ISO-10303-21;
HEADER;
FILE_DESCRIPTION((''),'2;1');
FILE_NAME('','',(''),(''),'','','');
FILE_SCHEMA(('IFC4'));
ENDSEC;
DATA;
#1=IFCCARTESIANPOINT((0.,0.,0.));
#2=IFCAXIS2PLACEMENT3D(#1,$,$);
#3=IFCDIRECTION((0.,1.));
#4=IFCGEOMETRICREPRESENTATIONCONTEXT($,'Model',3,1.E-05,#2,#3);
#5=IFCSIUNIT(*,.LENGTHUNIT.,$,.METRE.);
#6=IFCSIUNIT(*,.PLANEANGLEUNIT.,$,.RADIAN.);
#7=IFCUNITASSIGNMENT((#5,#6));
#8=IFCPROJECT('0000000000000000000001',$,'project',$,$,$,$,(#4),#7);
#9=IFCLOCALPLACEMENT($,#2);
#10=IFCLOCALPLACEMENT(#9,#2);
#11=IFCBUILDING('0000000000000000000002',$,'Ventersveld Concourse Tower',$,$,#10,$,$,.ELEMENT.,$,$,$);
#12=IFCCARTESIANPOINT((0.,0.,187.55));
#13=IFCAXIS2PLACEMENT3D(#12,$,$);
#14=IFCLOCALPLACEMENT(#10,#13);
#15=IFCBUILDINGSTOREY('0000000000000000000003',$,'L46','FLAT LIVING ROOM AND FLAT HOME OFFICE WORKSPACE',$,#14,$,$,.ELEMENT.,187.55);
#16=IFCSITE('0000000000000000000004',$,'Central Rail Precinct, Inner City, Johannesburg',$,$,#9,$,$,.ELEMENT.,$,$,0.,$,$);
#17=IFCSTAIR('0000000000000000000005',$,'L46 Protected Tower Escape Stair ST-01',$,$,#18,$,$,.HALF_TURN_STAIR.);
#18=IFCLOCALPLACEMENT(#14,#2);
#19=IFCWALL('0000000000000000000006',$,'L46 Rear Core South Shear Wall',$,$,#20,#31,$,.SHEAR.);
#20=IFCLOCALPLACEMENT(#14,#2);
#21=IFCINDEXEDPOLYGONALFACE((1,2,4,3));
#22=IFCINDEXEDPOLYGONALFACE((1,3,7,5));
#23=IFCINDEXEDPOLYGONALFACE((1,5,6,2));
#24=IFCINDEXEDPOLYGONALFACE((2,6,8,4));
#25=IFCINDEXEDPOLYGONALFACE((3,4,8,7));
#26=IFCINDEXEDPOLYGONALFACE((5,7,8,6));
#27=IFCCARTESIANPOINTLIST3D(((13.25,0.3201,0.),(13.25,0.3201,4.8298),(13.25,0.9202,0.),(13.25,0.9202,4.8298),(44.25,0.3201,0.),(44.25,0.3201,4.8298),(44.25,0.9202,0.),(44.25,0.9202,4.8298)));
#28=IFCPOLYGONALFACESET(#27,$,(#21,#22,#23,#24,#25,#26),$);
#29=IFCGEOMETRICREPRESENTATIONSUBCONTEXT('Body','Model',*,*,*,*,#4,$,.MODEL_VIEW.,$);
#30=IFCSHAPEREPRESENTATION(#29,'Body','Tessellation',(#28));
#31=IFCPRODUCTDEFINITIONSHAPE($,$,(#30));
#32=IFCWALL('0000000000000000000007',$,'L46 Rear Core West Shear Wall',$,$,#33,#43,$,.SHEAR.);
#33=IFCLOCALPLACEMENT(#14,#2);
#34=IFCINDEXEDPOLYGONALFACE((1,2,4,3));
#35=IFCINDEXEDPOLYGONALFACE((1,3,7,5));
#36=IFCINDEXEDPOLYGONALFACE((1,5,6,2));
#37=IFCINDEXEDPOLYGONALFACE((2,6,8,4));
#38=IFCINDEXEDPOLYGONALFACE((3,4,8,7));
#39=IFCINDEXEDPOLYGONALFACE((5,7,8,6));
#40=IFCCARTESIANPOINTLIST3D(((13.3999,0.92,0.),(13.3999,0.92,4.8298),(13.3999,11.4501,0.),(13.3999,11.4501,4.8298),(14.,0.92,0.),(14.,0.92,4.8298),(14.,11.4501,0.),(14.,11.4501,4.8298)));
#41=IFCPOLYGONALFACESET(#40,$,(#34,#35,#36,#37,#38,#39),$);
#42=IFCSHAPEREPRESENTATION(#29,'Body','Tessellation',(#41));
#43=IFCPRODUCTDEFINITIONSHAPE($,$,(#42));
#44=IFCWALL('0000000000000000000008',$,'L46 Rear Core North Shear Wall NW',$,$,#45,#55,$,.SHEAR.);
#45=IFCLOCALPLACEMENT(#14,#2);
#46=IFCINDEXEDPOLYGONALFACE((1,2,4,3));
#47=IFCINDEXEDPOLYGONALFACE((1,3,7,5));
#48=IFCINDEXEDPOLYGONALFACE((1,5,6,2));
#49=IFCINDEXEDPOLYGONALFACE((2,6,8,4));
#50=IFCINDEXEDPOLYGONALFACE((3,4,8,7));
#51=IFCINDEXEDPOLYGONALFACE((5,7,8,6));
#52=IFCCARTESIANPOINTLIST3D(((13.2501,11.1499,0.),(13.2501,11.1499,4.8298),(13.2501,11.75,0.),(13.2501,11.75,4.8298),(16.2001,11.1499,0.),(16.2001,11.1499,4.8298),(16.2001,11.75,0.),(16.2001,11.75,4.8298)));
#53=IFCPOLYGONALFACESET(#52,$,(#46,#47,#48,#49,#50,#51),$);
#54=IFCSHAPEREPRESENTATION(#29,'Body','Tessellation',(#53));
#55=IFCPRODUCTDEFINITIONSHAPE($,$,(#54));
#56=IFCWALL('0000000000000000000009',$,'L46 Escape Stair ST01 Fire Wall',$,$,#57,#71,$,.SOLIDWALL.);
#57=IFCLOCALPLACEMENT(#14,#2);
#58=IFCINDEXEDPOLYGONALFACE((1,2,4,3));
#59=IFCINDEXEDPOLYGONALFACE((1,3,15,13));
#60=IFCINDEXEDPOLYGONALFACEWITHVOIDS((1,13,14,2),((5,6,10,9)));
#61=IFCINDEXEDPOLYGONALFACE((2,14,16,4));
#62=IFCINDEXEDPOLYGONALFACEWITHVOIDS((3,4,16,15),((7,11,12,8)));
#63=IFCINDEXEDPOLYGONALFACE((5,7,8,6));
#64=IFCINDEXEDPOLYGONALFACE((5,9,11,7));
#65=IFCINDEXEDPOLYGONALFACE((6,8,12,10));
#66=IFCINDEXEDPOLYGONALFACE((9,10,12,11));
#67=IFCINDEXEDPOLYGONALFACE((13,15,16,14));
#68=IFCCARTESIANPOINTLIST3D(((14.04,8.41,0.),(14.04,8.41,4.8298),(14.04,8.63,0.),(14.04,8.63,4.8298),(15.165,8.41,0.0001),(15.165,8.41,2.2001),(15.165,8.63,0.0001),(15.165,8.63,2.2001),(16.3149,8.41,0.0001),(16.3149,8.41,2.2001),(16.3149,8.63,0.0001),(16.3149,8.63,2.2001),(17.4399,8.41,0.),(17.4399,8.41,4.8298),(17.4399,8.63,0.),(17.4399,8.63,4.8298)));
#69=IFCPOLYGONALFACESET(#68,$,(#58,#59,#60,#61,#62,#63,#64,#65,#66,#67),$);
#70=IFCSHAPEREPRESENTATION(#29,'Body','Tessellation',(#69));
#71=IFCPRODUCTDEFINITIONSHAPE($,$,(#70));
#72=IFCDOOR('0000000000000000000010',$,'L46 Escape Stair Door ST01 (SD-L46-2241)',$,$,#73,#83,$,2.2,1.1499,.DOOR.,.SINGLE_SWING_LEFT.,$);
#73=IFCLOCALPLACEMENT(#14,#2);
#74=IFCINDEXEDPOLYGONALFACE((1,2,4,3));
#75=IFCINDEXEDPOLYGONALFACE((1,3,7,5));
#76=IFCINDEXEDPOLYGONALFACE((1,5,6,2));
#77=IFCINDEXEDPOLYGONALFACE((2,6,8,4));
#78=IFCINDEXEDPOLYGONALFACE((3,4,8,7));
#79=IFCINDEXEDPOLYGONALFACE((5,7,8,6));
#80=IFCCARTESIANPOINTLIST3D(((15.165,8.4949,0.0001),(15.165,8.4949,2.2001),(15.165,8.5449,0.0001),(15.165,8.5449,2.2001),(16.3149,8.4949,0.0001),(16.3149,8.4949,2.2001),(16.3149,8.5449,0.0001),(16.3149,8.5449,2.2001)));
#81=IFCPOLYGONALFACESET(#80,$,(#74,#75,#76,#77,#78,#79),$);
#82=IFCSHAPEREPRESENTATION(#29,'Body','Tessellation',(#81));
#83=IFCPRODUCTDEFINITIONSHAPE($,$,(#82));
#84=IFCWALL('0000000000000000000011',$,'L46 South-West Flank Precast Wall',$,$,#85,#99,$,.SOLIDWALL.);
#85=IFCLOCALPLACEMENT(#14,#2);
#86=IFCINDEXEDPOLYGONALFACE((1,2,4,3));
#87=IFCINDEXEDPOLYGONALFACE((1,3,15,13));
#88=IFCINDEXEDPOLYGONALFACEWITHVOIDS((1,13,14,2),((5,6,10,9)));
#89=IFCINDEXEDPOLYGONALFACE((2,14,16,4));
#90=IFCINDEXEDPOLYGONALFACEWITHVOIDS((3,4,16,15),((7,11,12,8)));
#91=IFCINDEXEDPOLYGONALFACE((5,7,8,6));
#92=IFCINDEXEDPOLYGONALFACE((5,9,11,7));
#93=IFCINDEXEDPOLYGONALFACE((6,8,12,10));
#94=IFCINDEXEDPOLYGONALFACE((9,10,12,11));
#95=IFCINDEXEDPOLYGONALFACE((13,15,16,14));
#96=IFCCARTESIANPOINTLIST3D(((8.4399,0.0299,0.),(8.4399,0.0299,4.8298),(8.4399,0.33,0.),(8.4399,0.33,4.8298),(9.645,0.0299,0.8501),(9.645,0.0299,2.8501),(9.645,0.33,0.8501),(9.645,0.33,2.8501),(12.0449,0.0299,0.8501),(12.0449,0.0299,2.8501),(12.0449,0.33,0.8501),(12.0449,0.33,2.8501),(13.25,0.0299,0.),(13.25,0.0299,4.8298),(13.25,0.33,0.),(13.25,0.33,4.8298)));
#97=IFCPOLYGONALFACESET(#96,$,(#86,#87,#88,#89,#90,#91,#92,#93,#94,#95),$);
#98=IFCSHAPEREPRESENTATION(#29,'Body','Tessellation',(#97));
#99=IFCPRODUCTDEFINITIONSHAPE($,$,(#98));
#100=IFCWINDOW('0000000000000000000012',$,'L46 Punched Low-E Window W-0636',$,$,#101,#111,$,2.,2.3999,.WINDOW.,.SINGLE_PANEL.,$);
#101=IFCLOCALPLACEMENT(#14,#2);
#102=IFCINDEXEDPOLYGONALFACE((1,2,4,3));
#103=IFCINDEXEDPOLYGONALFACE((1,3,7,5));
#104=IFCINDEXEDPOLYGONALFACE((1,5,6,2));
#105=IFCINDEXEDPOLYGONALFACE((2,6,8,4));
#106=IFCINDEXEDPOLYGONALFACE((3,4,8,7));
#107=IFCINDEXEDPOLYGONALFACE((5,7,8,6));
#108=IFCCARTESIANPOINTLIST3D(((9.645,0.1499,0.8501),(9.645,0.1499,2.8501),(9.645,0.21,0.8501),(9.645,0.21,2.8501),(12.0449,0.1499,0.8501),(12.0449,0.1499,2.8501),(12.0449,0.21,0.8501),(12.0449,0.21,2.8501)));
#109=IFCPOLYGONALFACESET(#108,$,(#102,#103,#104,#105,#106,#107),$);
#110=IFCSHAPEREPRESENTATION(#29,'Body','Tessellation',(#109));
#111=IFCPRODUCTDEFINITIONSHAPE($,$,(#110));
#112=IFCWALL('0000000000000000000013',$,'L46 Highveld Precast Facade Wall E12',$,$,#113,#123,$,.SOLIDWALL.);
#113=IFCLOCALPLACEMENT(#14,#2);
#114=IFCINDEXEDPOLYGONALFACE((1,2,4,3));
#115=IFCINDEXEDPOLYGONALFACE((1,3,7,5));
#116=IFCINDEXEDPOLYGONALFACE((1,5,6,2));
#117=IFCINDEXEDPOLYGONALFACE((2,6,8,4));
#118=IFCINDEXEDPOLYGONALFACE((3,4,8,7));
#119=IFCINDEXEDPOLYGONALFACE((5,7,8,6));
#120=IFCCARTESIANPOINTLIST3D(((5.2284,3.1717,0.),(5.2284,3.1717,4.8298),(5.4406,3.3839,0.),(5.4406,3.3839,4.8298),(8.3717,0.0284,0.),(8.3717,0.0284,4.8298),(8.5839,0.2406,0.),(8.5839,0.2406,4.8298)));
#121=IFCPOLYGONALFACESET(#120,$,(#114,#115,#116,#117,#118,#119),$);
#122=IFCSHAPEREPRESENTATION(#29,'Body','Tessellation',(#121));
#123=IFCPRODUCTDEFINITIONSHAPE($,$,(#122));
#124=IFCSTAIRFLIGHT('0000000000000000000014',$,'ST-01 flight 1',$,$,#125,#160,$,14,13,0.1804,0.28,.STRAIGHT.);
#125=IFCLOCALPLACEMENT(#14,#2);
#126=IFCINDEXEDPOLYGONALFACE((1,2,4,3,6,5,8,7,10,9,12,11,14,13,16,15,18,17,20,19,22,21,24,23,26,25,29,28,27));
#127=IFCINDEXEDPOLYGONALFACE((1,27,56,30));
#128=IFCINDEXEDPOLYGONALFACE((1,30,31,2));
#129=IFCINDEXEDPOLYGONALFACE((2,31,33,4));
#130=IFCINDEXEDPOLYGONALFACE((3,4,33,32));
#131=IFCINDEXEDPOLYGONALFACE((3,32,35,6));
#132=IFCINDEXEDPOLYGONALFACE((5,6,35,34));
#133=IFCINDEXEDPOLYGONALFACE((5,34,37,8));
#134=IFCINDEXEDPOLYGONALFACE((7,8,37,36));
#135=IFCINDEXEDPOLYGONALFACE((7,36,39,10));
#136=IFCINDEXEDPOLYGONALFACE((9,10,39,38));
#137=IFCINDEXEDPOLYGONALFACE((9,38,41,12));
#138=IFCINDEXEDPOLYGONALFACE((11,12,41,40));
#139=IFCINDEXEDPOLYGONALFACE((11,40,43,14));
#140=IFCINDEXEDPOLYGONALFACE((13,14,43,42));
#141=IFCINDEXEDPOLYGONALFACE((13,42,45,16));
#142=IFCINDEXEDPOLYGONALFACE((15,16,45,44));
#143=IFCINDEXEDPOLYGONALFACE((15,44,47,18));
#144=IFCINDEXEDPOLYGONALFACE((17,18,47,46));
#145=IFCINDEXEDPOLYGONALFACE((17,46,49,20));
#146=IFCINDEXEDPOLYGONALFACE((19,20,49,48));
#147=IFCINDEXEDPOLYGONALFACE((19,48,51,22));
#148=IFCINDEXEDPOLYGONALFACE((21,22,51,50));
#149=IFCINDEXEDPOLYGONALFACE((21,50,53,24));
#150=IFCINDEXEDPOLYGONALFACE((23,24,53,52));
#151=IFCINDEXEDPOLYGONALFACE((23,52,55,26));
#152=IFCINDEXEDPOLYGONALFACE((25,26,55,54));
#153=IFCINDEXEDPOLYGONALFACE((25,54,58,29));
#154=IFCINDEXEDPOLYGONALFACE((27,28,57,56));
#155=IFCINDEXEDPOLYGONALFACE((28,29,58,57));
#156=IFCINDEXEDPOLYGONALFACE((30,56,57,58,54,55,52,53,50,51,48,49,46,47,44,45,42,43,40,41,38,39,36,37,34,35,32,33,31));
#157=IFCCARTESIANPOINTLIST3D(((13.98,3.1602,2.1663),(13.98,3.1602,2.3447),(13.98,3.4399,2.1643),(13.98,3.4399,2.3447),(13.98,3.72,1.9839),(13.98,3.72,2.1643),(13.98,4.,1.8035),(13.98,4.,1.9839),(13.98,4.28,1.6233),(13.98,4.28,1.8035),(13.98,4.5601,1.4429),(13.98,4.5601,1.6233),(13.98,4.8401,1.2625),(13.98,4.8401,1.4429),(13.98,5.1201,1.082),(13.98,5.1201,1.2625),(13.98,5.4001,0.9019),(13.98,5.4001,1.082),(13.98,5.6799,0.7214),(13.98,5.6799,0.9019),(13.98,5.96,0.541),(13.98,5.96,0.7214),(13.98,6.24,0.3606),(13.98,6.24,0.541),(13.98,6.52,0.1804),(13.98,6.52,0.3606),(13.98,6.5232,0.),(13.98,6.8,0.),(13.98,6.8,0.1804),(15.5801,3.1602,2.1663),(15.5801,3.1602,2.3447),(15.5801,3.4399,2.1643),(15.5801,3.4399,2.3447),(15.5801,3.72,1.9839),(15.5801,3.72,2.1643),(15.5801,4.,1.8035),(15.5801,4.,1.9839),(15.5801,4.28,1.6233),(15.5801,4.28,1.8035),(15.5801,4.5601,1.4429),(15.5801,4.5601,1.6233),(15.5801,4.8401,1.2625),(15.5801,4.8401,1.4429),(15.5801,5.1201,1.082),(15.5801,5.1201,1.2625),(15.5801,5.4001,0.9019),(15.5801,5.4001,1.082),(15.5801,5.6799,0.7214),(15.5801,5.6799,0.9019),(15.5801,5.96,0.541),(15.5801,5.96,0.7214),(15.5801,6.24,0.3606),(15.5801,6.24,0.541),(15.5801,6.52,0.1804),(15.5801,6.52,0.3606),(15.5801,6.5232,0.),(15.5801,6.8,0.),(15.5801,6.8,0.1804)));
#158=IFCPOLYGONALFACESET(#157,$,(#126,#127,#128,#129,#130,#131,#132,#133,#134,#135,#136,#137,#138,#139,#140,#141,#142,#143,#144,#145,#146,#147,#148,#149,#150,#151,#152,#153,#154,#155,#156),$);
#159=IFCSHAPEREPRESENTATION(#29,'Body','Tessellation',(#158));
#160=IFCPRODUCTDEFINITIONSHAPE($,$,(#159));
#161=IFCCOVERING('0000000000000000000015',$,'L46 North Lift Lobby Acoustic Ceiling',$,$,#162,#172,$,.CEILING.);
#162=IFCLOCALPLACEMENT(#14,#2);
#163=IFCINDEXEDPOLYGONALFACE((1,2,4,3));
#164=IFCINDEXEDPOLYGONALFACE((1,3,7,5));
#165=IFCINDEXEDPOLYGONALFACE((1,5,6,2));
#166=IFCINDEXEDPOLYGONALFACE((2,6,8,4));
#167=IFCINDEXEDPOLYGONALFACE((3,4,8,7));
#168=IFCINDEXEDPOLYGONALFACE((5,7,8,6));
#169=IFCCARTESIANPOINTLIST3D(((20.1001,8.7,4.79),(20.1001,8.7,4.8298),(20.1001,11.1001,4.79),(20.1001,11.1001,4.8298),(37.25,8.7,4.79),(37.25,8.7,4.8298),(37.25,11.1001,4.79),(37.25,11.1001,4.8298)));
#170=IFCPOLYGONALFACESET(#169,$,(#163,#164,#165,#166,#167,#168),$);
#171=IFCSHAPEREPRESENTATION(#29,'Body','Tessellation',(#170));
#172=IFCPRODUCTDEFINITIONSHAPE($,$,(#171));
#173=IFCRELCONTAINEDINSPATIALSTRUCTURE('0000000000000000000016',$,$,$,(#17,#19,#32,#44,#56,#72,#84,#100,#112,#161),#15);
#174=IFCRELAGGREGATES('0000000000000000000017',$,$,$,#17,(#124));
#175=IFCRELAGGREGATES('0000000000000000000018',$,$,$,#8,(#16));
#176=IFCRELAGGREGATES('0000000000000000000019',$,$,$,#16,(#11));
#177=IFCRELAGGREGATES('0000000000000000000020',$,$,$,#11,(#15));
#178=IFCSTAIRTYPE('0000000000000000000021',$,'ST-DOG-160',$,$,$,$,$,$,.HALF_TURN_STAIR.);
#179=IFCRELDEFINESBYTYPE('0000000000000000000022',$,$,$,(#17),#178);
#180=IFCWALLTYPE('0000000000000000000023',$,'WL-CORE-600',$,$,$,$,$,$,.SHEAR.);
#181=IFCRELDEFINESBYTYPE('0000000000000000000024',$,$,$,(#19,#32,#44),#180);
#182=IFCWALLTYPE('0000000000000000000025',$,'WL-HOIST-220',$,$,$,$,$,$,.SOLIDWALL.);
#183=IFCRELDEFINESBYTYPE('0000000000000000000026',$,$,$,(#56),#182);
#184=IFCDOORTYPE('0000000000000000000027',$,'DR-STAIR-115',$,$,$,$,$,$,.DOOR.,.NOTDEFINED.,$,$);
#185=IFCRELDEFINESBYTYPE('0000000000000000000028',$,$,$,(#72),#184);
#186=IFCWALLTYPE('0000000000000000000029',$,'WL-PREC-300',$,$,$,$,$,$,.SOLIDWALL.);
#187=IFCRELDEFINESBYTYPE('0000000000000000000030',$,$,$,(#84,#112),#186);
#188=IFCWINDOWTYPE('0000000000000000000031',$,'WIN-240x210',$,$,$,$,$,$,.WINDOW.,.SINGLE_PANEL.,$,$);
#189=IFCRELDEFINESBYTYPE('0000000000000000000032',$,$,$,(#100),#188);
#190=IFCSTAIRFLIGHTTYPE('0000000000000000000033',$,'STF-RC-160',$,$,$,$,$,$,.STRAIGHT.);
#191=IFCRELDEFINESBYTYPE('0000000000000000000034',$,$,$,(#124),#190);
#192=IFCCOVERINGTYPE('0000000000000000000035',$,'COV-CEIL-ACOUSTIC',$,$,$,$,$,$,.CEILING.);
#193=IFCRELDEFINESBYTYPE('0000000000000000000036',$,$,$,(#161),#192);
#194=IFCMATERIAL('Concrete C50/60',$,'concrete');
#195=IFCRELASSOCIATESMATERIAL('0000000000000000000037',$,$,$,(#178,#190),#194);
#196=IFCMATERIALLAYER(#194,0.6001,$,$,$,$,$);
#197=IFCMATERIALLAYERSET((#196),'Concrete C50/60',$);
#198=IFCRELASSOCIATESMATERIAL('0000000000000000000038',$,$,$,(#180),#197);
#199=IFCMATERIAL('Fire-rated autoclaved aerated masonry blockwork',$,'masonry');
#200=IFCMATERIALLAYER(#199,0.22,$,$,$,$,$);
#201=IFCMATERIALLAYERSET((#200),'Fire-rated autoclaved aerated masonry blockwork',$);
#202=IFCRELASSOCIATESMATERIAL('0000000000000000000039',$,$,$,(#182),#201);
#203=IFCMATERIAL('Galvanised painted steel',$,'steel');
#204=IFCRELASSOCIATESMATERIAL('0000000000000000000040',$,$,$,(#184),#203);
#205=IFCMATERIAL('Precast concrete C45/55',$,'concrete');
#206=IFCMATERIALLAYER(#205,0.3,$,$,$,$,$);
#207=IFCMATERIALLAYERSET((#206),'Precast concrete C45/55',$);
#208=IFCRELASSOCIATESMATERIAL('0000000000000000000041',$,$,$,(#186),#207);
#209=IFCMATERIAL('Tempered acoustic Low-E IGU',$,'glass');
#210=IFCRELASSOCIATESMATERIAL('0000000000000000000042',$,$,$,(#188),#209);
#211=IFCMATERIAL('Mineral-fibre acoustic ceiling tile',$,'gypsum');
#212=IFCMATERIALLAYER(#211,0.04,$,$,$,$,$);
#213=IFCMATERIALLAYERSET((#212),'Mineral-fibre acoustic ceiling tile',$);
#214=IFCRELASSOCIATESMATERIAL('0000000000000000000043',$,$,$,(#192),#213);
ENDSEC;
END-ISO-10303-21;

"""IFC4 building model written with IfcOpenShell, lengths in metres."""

from ifc_helpers import new_model, si_unit, direction, frame, frame_2d, origin, place, context, subcontext, project, spatial, polyline, rectangle, outline, extrude, material, layer, layer_set, type_object, element, fill, aggregate, save


model = new_model("IFC4")

# Units and contexts
model_context = context("Model", 3, precision=1e-05, world=origin(), true_north=direction((0.0, 1.0)))
body_context = subcontext(model_context, "Body", "Model", "MODEL_VIEW")
ifc_project = project(units=[si_unit("LENGTHUNIT", "METRE"), si_unit("PLANEANGLEUNIT", "RADIAN")], contexts=[model_context])

# Site, building, storey
site_placement = place(None, origin())
site = spatial("IfcSite", under=ifc_project, at=site_placement, Name="Central Rail Precinct, Inner City, Johannesburg", CompositionType="ELEMENT", RefElevation=0.0)
building_placement = place(site_placement, origin())
building = spatial("IfcBuilding", under=site, at=building_placement, Name="Ventersveld Concourse Tower", CompositionType="ELEMENT")
storey_placement = place(building_placement, frame((0.0, 0.0, 187.55)))
storey = spatial("IfcBuildingStorey", under=building, at=storey_placement, Name="L46", Description="FLAT LIVING ROOM AND FLAT HOME OFFICE WORKSPACE", CompositionType="ELEMENT", Elevation=187.55)

# Shared definitions
ifc_material_1 = material(Name="Concrete C50/60", Category="concrete")

# Stair
stair_type_1 = type_object("IfcStairType", Name="ST-DOG-160", PredefinedType="HALF_TURN_STAIR", material=ifc_material_1)
stair_1_placement = place(storey_placement, origin())
stair_1 = element("IfcStair", 1, at=stair_1_placement, inside=storey, type_object=stair_type_1, Name="L46 Protected Tower Escape Stair ST-01", PredefinedType="HALF_TURN_STAIR")

# Walls
ifc_layer_1 = layer(ifc_material_1, 0.6001)
ifc_layer_set_1 = layer_set([ifc_layer_1], Name="Concrete C50/60")
wall_type_1 = type_object("IfcWallType", Name="WL-CORE-600", PredefinedType="SHEAR", material=ifc_layer_set_1)
wall_1_placement = place(storey_placement, frame((13.25, 0.6201, 0.0), z_axis=(0.0, 0.0, 1.0), x_axis=(1.0, 0.0, 0.0)))
element("IfcWall", 2, at=wall_1_placement, inside=storey, type_object=wall_type_1, Name="L46 Rear Core South Shear Wall", PredefinedType="SHEAR", context=body_context, shape_type="SweptSolid", body=[
    extrude(rectangle(XDim=31.0, YDim=0.6001, at=frame_2d((15.5, 0.0))), origin(), (0.0, 0.0, 1.0), 4.8298),
])
wall_2_placement = place(storey_placement, frame((13.7, 0.9199, 0.0), z_axis=(0.0, 0.0, 1.0), x_axis=(0.0, 1.0, 0.0)))
element("IfcWall", 3, at=wall_2_placement, inside=storey, type_object=wall_type_1, Name="L46 Rear Core West Shear Wall", PredefinedType="SHEAR", context=body_context, shape_type="SweptSolid", body=[
    extrude(rectangle(XDim=10.53, YDim=0.6001, at=frame_2d((5.2651, 0.0))), origin(), (0.0, 0.0, 1.0), 4.8298),
])
wall_3_placement = place(storey_placement, frame((13.25, 11.45, 0.0), z_axis=(0.0, 0.0, 1.0), x_axis=(1.0, 0.0, 0.0)))
element("IfcWall", 4, at=wall_3_placement, inside=storey, type_object=wall_type_1, Name="L46 Rear Core North Shear Wall NW", PredefinedType="SHEAR", context=body_context, shape_type="SweptSolid", body=[
    extrude(rectangle(XDim=2.95, YDim=0.6001, at=frame_2d((1.4751, 0.0))), origin(), (0.0, 0.0, 1.0), 4.8298),
])

# Wall, opening, door
ifc_material_2 = material(Name="Fire-rated autoclaved aerated masonry blockwork", Category="masonry")
ifc_layer_2 = layer(ifc_material_2, 0.22)
ifc_layer_set_2 = layer_set([ifc_layer_2], Name="Fire-rated autoclaved aerated masonry blockwork")
wall_type_2 = type_object("IfcWallType", Name="WL-HOIST-220", PredefinedType="SOLIDWALL", material=ifc_layer_set_2)
wall_4_placement = place(storey_placement, frame((14.04, 8.52, 0.0), z_axis=(0.0, 0.0, 1.0), x_axis=(1.0, 0.0, 0.0)))
wall_4 = element("IfcWall", 5, at=wall_4_placement, inside=storey, type_object=wall_type_2, Name="L46 Escape Stair ST01 Fire Wall", PredefinedType="SOLIDWALL", context=body_context, shape_type="SweptSolid", body=[
    extrude(rectangle(XDim=3.3999, YDim=0.22, at=frame_2d((1.7, 0.0))), origin(), (0.0, 0.0, 1.0), 4.8298),
])
opening_1_placement = place(wall_4_placement, frame((1.125, 0.0, 0.0)))
opening_1 = element("IfcOpeningElement", 6, at=opening_1_placement, cuts=wall_4, PredefinedType="OPENING", context=body_context, shape_type="SweptSolid", body=[
    extrude(rectangle(XDim=1.1499, YDim=2.2, at=frame_2d((0.575, 1.1001))), frame((0.0, 0.1201, 0.0), z_axis=(0.0, -1.0, 0.0), x_axis=(1.0, 0.0, 0.0)), (0.0, 0.0, 1.0), 0.24),
])
ifc_material_3 = material(Name="Galvanised painted steel", Category="steel")
door_type = type_object("IfcDoorType", Name="DR-STAIR-115", OperationType="NOTDEFINED", PredefinedType="DOOR", material=ifc_material_3)
door_placement = place(opening_1_placement, origin())
door = element("IfcDoor", 7, at=door_placement, inside=storey, type_object=door_type, Name="L46 Escape Stair Door ST01 (SD-L46-2241)", OperationType="SINGLE_SWING_LEFT", OverallHeight=2.2, OverallWidth=1.1499, PredefinedType="DOOR", context=body_context, shape_type="SweptSolid", body=[
    extrude(rectangle(XDim=1.1499, YDim=2.2, at=frame_2d((0.575, 1.1001))), frame((0.0, 0.0249, 0.0), z_axis=(0.0, -1.0, 0.0), x_axis=(1.0, 0.0, 0.0)), (0.0, 0.0, 1.0), 0.05),
])
fill(opening_1, door)

# Wall, opening, window
ifc_material_4 = material(Name="Precast concrete C45/55", Category="concrete")
ifc_layer_3 = layer(ifc_material_4, 0.3)
ifc_layer_set_3 = layer_set([ifc_layer_3], Name="Precast concrete C45/55")
wall_type_3 = type_object("IfcWallType", Name="WL-PREC-300", PredefinedType="SOLIDWALL", material=ifc_layer_set_3)
wall_5_placement = place(storey_placement, frame((8.4399, 0.1799, 0.0), z_axis=(0.0, 0.0, 1.0), x_axis=(1.0, 0.0, 0.0)))
wall_5 = element("IfcWall", 8, at=wall_5_placement, inside=storey, type_object=wall_type_3, Name="L46 South-West Flank Precast Wall", PredefinedType="SOLIDWALL", context=body_context, shape_type="SweptSolid", body=[
    extrude(rectangle(XDim=4.8101, YDim=0.3, at=frame_2d((2.405, 0.0))), origin(), (0.0, 0.0, 1.0), 4.8298),
])
opening_2_placement = place(wall_5_placement, frame((1.2051, 0.0, 0.8501)))
opening_2 = element("IfcOpeningElement", 9, at=opening_2_placement, cuts=wall_5, PredefinedType="OPENING", context=body_context, shape_type="SweptSolid", body=[
    extrude(rectangle(XDim=2.3999, YDim=2.0, at=frame_2d((1.2, 1.0))), frame((0.0, 0.1602, 0.0), z_axis=(0.0, -1.0, 0.0), x_axis=(1.0, 0.0, 0.0)), (0.0, 0.0, 1.0), 0.3201),
])
ifc_material_5 = material(Name="Tempered acoustic Low-E IGU", Category="glass")
window_type = type_object("IfcWindowType", Name="WIN-240x210", PartitioningType="SINGLE_PANEL", PredefinedType="WINDOW", material=ifc_material_5)
window_placement = place(opening_2_placement, origin())
window = element("IfcWindow", 10, at=window_placement, inside=storey, type_object=window_type, Name="L46 Punched Low-E Window W-0636", OverallHeight=2.0, OverallWidth=2.3999, PartitioningType="SINGLE_PANEL", PredefinedType="WINDOW", context=body_context, shape_type="SweptSolid", body=[
    extrude(rectangle(XDim=2.3999, YDim=2.0, at=frame_2d((1.2, 1.0))), frame((0.0, 0.03, 0.0), z_axis=(0.0, -1.0, 0.0), x_axis=(1.0, 0.0, 0.0)), (0.0, 0.0, 1.0), 0.0601),
])
fill(opening_2, window)

# Wall
wall_6_placement = place(storey_placement, frame((5.3345, 3.2778, 0.0), z_axis=(0.0, 0.0, 1.0), x_axis=(0.707107, -0.707107, 0.0)))
element("IfcWall", 11, at=wall_6_placement, inside=storey, type_object=wall_type_3, Name="L46 Highveld Precast Facade Wall E12", PredefinedType="SOLIDWALL", context=body_context, shape_type="SweptSolid", body=[
    extrude(rectangle(XDim=4.4453, YDim=0.3, at=frame_2d((2.2227, 0.0))), origin(), (0.0, 0.0, 1.0), 4.8298),
])

# Stair flight
stair_flight_type = type_object("IfcStairFlightType", Name="STF-RC-160", PredefinedType="STRAIGHT", material=ifc_material_1)
stair_flight_placement = place(storey_placement, frame((14.78, 6.8, 0.0), z_axis=(0.0, 0.0, 1.0), x_axis=(0.0, -1.0, 0.0)))
stair_flight = element("IfcStairFlight", 12, at=stair_flight_placement, type_object=stair_flight_type, Name="ST-01 flight 1", NumberOfRisers=14, NumberOfTreads=13, PredefinedType="STRAIGHT", RiserHeight=0.1804, TreadLength=0.28, context=body_context, shape_type="SweptSolid", body=[
    extrude(outline(polyline([(0.0, 0.0), (0.0, 0.1804), (0.28, 0.1804), (0.28, 0.3606), (0.5601, 0.3606), (0.5601, 0.541), (0.8401, 0.541), (0.8401, 0.7214), (1.1201, 0.7214), (1.1201, 0.9019), (1.3999, 0.9019), (1.3999, 1.082), (1.6799, 1.082), (1.6799, 1.2625), (1.96, 1.2625), (1.96, 1.4429), (2.24, 1.4429), (2.24, 1.6233), (2.52, 1.6233), (2.52, 1.8035), (2.8, 1.8035), (2.8, 1.9839), (3.0801, 1.9839), (3.0801, 2.1643), (3.3601, 2.1643), (3.3601, 2.3447), (3.6399, 2.3447), (3.6399, 2.5249), (3.6399, 2.1663), (0.2769, 0.0), (0.0, 0.0)])), frame((0.0, 0.8, 0.0), z_axis=(0.0, -1.0, 0.0), x_axis=(1.0, 0.0, 0.0)), (0.0, 0.0, 1.0), 1.6001),
])
aggregate(stair_1, [stair_flight])

# Covering
ifc_material_6 = material(Name="Mineral-fibre acoustic ceiling tile", Category="gypsum")
ifc_layer_4 = layer(ifc_material_6, 0.04)
ifc_layer_set_4 = layer_set([ifc_layer_4], Name="Mineral-fibre acoustic ceiling tile")
covering_type_1 = type_object("IfcCoveringType", Name="COV-CEIL-ACOUSTIC", PredefinedType="CEILING", material=ifc_layer_set_4)
covering_1_placement = place(storey_placement, frame((0.0, 0.0, 4.79)))
element("IfcCovering", 13, at=covering_1_placement, inside=storey, type_object=covering_type_1, Name="L46 North Lift Lobby Acoustic Ceiling", PredefinedType="CEILING", context=body_context, shape_type="SweptSolid", body=[
    extrude(outline(polyline([(20.1001, 8.7), (37.25, 8.7), (37.25, 11.1001), (20.1001, 11.1001), (20.1001, 8.7)])), origin(), (0.0, 0.0, 1.0), 0.0398),
])

save(model, "model.ifc")
